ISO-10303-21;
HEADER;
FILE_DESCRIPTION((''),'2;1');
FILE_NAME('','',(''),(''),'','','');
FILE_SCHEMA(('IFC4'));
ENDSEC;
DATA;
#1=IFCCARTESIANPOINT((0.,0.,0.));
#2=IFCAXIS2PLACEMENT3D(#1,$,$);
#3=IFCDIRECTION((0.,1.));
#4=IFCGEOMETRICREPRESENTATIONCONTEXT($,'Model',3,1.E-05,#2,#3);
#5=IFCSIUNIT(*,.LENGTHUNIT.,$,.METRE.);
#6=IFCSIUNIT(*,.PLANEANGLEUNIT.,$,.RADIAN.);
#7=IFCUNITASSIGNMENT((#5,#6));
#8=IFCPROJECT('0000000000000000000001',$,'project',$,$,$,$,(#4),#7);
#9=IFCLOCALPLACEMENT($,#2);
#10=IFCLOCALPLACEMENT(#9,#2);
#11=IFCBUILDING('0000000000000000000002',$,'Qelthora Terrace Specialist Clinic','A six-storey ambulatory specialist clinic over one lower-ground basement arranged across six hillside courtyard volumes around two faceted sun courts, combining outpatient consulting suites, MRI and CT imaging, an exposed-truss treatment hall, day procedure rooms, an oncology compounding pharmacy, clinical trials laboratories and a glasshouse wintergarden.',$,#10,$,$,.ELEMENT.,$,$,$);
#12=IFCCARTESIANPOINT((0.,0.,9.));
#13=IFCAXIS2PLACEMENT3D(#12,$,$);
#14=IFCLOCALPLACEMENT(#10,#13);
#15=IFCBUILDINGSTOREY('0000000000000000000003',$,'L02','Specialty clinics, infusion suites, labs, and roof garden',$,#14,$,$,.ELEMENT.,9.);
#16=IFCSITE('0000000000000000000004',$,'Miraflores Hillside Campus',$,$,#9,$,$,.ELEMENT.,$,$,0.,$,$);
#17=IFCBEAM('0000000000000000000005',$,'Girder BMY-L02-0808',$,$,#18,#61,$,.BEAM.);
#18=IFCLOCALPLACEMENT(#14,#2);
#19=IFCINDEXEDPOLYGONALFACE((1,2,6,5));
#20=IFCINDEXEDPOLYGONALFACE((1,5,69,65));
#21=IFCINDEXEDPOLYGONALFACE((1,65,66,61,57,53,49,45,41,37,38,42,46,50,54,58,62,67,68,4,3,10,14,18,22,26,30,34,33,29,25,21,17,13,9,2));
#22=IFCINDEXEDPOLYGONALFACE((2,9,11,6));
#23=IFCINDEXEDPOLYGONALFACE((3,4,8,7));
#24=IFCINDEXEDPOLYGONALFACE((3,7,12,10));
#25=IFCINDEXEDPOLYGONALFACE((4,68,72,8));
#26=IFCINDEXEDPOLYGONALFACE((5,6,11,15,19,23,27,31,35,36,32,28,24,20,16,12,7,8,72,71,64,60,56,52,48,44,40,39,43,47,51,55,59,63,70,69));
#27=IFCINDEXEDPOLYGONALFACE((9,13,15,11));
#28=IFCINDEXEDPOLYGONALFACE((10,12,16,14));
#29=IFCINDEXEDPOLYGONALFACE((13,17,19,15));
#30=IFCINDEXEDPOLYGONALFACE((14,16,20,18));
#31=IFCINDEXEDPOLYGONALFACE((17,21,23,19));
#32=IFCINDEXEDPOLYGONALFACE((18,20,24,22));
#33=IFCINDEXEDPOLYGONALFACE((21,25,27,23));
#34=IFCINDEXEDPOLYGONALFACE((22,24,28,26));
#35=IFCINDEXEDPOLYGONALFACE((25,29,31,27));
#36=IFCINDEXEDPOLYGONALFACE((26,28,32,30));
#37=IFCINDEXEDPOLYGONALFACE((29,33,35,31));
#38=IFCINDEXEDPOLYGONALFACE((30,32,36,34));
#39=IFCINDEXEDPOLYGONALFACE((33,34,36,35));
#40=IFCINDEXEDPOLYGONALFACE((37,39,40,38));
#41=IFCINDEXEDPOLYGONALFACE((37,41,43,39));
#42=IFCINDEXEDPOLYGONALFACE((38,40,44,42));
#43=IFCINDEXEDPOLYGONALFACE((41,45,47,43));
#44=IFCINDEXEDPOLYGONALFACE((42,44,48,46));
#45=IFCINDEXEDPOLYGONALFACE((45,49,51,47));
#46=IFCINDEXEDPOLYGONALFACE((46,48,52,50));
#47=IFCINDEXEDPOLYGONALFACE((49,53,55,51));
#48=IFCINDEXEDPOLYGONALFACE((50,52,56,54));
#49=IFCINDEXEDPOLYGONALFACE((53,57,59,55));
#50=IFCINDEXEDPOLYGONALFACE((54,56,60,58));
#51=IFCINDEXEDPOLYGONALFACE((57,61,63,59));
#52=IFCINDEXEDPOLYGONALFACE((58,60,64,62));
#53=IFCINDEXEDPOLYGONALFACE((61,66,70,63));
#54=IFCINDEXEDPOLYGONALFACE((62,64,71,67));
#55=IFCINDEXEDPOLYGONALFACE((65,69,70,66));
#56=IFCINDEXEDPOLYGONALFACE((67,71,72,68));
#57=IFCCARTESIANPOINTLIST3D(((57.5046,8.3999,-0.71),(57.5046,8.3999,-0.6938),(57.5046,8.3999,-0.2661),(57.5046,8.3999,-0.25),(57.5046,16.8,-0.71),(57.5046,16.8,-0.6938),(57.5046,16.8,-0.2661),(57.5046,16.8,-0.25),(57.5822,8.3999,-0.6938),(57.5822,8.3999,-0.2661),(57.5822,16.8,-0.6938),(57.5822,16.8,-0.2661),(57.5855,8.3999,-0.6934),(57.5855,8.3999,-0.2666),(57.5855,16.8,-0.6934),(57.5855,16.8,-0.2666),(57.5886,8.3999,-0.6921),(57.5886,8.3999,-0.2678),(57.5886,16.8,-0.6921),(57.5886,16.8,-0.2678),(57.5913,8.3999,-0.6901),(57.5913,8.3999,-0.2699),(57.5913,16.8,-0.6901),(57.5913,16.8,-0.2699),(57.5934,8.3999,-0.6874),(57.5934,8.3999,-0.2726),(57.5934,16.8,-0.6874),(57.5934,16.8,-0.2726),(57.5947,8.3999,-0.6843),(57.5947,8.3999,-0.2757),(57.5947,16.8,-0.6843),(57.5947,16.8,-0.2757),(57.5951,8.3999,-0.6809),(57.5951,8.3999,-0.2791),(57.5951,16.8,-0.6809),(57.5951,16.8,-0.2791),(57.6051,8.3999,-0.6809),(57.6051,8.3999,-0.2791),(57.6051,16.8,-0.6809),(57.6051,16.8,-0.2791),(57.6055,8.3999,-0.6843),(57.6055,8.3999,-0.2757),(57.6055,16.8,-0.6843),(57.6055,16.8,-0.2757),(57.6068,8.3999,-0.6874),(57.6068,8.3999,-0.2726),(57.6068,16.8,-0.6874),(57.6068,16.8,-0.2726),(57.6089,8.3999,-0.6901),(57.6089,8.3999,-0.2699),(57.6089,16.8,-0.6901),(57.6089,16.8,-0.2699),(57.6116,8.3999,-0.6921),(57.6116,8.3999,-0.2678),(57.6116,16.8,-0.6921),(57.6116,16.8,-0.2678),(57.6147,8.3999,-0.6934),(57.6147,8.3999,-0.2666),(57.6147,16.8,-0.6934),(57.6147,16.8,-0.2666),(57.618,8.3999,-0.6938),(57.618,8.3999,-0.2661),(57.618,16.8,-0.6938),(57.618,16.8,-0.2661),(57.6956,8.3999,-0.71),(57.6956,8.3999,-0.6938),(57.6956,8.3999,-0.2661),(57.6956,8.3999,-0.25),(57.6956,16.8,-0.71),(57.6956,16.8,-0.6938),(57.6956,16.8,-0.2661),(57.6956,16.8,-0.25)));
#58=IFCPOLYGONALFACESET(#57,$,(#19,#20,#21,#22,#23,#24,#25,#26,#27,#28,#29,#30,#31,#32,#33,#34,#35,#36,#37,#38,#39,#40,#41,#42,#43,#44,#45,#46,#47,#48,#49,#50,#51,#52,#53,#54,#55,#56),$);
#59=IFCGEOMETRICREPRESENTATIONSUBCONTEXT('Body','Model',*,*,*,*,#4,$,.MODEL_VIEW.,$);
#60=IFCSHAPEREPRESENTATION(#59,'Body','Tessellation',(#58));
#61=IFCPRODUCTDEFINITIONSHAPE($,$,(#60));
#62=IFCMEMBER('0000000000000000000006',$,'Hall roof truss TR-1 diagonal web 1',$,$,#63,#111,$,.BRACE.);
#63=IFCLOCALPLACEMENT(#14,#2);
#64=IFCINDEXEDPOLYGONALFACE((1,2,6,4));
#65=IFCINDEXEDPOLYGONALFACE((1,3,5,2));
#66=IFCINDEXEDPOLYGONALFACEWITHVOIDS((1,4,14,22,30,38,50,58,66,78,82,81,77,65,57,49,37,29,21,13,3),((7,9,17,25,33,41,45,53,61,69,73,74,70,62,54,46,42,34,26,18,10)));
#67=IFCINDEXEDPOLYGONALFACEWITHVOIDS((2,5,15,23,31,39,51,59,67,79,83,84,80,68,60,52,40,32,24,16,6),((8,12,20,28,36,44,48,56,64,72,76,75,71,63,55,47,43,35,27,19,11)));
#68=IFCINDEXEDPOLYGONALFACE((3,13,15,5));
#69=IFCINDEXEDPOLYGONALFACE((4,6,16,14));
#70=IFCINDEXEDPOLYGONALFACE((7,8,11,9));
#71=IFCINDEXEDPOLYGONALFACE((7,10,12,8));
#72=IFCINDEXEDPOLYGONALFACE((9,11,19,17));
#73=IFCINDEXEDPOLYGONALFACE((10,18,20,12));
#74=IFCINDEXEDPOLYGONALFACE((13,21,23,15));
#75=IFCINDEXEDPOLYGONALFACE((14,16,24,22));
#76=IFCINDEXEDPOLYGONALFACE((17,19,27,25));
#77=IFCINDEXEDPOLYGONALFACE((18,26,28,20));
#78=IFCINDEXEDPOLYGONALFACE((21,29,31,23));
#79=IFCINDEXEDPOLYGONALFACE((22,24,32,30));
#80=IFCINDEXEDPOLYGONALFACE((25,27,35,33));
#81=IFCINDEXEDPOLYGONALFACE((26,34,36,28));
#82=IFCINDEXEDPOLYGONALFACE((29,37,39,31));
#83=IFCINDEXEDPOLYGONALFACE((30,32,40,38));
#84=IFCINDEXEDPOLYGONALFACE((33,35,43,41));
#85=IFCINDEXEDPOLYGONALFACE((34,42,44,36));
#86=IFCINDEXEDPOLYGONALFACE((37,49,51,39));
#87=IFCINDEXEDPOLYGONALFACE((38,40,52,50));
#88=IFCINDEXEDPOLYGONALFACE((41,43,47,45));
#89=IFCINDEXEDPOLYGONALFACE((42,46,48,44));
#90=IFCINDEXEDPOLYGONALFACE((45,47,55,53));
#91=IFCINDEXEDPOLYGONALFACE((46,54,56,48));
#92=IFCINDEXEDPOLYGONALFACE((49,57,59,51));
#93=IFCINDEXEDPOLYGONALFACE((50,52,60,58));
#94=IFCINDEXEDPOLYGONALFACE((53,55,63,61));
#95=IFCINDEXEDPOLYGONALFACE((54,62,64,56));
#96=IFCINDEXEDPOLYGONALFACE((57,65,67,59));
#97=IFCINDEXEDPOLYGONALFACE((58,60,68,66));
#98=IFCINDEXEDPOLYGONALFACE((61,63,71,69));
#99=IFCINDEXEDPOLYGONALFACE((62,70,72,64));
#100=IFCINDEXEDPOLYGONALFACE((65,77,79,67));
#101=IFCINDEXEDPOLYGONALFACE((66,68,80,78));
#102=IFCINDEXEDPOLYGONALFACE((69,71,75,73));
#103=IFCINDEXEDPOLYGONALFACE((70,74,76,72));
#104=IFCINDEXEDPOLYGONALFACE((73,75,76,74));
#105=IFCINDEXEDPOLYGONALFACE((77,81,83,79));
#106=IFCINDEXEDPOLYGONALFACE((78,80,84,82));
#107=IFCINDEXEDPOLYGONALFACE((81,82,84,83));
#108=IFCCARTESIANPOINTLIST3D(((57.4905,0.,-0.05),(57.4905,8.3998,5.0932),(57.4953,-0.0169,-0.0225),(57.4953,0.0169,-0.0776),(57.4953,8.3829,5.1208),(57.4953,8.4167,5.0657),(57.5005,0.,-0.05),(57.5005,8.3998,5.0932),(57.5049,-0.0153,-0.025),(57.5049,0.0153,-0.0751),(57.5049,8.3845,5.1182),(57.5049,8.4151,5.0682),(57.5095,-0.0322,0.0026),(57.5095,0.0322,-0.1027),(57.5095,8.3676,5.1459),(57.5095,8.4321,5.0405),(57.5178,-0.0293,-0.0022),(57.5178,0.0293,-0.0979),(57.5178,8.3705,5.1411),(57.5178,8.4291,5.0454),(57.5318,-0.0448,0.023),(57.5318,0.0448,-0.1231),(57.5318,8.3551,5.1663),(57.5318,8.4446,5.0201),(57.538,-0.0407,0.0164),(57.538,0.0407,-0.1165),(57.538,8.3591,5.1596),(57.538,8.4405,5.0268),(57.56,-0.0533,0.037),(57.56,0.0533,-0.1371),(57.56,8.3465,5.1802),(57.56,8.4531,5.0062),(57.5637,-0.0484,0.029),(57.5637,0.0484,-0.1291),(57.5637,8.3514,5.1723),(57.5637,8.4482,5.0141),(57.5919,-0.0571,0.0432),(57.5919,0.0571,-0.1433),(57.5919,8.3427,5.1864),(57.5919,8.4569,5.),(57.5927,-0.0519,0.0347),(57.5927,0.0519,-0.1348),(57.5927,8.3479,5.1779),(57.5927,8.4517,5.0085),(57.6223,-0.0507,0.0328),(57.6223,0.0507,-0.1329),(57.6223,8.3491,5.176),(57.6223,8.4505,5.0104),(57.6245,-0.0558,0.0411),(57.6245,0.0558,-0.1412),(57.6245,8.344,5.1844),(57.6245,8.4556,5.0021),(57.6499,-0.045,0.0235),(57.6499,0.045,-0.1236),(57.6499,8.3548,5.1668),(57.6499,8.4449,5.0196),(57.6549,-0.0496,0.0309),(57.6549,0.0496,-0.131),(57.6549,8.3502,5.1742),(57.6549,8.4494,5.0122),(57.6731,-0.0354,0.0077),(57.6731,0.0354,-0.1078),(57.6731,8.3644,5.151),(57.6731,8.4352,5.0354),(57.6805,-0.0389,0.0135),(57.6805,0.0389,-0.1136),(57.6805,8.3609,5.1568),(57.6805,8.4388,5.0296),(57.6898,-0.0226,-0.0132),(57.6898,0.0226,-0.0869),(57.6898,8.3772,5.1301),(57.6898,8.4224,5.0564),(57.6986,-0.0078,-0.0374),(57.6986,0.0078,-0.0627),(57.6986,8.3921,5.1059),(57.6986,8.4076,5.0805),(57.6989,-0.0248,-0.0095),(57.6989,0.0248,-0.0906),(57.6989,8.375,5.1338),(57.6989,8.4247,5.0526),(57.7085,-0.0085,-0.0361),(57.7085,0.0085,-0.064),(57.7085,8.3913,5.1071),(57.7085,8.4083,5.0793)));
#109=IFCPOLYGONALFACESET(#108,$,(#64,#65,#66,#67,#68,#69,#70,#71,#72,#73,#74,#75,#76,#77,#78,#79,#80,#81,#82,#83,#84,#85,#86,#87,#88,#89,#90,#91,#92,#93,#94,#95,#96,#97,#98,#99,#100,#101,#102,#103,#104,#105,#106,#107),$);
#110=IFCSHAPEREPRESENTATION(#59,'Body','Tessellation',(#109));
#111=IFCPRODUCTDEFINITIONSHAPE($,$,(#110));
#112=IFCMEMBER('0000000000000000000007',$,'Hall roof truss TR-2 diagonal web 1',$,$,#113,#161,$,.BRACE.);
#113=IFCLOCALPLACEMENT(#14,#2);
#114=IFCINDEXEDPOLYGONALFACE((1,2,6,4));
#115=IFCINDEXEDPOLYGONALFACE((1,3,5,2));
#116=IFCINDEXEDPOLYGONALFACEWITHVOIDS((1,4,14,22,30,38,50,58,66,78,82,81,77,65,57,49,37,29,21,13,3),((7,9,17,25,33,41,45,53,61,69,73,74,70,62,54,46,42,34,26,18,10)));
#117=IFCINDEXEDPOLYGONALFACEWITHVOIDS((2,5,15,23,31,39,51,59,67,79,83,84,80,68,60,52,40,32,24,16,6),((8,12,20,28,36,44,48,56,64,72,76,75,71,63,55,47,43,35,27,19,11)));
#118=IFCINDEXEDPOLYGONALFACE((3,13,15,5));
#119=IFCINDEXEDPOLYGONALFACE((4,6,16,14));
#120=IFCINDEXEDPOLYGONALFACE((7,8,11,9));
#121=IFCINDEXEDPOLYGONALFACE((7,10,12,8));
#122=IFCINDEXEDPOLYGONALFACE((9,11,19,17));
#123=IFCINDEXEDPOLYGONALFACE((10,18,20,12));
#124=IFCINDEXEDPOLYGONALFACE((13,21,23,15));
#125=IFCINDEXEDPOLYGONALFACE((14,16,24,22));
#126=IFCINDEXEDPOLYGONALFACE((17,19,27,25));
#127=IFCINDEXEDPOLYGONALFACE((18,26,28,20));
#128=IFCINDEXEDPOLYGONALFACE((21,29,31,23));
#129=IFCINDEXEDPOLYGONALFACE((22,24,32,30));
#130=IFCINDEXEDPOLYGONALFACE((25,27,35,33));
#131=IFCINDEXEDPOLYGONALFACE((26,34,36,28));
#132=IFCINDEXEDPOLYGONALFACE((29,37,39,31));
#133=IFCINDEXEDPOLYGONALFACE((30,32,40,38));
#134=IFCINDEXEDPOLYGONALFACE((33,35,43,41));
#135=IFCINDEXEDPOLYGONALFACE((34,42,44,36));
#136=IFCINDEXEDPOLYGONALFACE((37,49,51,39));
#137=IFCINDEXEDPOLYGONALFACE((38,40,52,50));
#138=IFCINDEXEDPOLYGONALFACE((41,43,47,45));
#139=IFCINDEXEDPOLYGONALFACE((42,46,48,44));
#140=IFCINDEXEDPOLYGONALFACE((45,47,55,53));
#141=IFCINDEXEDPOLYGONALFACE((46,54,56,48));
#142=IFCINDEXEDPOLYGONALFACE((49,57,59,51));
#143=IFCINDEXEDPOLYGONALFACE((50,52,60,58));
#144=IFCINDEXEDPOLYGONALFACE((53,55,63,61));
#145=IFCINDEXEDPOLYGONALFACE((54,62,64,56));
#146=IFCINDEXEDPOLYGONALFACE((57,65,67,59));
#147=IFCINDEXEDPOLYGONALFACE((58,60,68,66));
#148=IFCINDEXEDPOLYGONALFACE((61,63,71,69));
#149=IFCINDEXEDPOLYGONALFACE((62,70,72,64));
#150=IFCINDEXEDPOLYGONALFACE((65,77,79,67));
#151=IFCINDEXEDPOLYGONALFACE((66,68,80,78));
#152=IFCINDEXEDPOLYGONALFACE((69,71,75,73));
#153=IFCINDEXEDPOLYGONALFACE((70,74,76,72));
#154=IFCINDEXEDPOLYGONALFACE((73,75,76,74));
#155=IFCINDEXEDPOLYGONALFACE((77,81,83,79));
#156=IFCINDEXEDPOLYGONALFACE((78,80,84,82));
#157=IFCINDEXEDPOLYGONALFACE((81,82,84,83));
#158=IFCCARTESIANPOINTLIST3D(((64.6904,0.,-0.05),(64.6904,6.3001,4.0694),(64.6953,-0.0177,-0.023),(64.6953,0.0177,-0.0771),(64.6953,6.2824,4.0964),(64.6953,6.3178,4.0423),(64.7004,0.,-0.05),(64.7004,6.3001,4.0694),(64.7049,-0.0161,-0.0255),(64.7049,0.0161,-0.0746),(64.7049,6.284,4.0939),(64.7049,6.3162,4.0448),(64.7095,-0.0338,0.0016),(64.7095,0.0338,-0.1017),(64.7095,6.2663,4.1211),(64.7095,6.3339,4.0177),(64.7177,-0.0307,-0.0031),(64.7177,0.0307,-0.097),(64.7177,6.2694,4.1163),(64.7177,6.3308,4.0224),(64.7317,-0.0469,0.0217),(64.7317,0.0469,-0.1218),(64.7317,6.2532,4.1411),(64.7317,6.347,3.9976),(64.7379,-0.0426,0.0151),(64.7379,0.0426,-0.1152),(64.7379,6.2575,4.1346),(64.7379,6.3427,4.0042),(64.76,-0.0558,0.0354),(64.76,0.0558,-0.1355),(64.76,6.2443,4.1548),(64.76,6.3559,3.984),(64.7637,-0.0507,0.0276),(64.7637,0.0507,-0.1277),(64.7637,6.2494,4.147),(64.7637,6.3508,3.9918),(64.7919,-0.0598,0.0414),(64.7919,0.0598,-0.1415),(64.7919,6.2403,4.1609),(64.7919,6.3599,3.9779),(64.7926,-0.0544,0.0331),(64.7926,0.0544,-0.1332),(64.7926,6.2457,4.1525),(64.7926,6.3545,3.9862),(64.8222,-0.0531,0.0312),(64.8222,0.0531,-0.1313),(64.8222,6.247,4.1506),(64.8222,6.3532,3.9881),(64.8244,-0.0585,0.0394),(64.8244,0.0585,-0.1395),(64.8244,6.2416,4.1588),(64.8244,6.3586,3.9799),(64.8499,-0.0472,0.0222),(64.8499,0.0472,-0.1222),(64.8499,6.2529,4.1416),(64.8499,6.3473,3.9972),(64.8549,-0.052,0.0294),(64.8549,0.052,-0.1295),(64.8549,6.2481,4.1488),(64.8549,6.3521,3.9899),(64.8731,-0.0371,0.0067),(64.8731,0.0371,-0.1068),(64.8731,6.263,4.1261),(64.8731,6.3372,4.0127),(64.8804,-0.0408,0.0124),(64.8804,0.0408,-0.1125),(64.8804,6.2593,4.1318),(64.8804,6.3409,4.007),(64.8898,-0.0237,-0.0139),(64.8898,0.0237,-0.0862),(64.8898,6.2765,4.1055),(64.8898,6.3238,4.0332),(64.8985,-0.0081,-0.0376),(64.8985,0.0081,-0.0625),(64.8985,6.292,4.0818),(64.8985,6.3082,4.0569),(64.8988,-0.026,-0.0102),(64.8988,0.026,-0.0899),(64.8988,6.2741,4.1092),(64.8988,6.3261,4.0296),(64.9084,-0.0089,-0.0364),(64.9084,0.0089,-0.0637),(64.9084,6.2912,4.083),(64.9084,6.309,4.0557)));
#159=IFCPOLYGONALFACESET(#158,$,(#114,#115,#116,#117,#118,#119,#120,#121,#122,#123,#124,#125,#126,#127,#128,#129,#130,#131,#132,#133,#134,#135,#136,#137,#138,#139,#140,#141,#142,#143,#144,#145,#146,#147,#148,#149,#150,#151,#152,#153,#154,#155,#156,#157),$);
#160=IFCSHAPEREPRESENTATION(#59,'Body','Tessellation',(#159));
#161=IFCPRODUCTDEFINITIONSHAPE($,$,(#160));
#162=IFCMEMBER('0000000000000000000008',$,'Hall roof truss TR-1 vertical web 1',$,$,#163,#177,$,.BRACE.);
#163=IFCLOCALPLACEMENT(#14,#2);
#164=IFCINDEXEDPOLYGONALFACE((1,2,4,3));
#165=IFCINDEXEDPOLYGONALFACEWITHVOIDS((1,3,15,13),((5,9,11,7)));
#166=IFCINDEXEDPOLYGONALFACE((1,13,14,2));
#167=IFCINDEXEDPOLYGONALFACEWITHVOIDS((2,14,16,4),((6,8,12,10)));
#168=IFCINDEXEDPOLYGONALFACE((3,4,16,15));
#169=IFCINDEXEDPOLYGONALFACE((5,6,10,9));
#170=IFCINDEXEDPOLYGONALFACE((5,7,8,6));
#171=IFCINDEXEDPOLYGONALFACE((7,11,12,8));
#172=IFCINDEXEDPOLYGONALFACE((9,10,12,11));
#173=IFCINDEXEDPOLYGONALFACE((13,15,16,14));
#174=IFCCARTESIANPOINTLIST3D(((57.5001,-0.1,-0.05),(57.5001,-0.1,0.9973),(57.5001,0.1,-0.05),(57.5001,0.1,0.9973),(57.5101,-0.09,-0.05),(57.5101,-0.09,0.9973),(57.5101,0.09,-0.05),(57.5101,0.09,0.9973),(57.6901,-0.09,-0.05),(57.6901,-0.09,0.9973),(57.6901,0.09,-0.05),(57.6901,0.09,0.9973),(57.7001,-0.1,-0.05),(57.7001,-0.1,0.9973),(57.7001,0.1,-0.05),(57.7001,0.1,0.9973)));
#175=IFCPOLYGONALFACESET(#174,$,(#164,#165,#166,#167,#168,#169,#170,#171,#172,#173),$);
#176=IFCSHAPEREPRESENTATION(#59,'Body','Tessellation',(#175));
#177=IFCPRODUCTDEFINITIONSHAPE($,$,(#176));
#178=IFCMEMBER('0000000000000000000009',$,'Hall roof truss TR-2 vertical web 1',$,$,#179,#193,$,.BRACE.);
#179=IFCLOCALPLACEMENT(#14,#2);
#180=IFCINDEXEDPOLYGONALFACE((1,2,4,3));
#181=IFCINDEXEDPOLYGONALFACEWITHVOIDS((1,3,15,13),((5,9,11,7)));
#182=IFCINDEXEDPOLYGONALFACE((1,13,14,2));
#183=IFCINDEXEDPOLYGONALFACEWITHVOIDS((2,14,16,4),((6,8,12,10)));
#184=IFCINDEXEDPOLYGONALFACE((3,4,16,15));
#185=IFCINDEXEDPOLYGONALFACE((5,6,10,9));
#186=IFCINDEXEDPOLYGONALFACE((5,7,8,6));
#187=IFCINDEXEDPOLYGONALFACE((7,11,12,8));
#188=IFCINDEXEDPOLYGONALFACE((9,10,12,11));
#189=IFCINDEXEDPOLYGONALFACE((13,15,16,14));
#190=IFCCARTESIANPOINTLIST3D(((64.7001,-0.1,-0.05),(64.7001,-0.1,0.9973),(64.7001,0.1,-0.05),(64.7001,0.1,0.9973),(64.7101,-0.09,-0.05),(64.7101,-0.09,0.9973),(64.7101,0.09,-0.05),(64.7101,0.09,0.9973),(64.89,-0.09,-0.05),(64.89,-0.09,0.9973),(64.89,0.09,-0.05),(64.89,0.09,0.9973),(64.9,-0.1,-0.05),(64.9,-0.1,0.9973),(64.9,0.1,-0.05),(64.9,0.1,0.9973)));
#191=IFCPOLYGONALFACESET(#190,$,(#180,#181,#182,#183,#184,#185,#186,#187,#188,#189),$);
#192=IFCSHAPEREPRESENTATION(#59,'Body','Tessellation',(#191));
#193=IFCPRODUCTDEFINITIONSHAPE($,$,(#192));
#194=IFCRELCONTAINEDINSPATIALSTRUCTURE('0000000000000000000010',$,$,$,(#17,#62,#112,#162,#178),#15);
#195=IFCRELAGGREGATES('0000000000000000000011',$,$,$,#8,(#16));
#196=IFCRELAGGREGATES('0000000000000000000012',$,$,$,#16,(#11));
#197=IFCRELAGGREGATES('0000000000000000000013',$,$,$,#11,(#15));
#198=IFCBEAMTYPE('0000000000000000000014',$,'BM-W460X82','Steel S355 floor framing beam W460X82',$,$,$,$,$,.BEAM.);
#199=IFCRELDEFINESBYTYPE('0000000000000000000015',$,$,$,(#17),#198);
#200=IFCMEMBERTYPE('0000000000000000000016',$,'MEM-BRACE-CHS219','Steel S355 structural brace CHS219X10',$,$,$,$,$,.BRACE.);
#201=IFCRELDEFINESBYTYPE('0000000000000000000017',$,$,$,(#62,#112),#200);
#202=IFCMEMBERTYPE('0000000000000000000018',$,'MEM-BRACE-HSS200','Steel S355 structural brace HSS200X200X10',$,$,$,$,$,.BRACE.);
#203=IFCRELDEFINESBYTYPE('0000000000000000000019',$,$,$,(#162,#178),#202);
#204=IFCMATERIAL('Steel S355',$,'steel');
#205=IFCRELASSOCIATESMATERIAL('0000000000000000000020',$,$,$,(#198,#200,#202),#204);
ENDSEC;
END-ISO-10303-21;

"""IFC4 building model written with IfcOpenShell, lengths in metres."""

from ifc_helpers import new_model, si_unit, direction, frame, origin, origin_2d, place, context, subcontext, project, spatial, hollow_rectangle, hollow_circle, i_section, extrude, material, material_profile, profile_set, type_object, element, save


model = new_model("IFC4")

# Units and contexts
model_context = context("Model", 3, precision=1e-05, world=origin(), true_north=direction((0.0, 1.0)))
body_context = subcontext(model_context, "Body", "Model", "MODEL_VIEW")
ifc_project = project(units=[si_unit("LENGTHUNIT", "METRE"), si_unit("PLANEANGLEUNIT", "RADIAN")], contexts=[model_context])

# Site, building, storey
site_placement = place(None, origin())
site = spatial("IfcSite", under=ifc_project, at=site_placement, Name="Miraflores Hillside Campus", CompositionType="ELEMENT", RefElevation=0.0)
building_placement = place(site_placement, origin())
building = spatial("IfcBuilding", under=site, at=building_placement, Name="Qelthora Terrace Specialist Clinic", Description="A six-storey ambulatory specialist clinic over one lower-ground basement arranged across six hillside courtyard volumes around two faceted sun courts, combining outpatient consulting suites, MRI and CT imaging, an exposed-truss treatment hall, day procedure rooms, an oncology compounding pharmacy, clinical trials laboratories and a glasshouse wintergarden.", CompositionType="ELEMENT")
storey_placement = place(building_placement, frame((0.0, 0.0, 9.0)))
storey = spatial("IfcBuildingStorey", under=building, at=storey_placement, Name="L02", Description="Specialty clinics, infusion suites, labs, and roof garden", CompositionType="ELEMENT", Elevation=9.0)

# Beam
ifc_material_1 = material(Name="Steel S355", Category="steel")
ifc_material_profile_1 = material_profile(ifc_material_1, i_section(OverallWidth=0.1909, OverallDepth=0.46, WebThickness=0.01, FlangeThickness=0.0161, FilletRadius=0.0129, at=origin_2d()), Name="W460X82")
ifc_profile_set_1 = profile_set([ifc_material_profile_1], Name="Steel S355")
beam_type_1 = type_object("IfcBeamType", Name="BM-W460X82", Description="Steel S355 floor framing beam W460X82", PredefinedType="BEAM", material=ifc_profile_set_1)
beam_1_placement = place(storey_placement, frame((57.6001, 8.3999, -0.48), z_axis=(0.0, 1.0, 0.0), x_axis=(-1.0, 0.0, 0.0)))
element("IfcBeam", 1, at=beam_1_placement, inside=storey, type_object=beam_type_1, Name="Girder BMY-L02-0808", PredefinedType="BEAM", context=body_context, shape_type="SweptSolid", body=[
    extrude(i_section(OverallWidth=0.1909, OverallDepth=0.46, WebThickness=0.01, FlangeThickness=0.0161, FilletRadius=0.0129, at=origin_2d()), origin(), (0.0, 0.0, 1.0), 8.4001),
])

# Members
ifc_material_profile_2 = material_profile(ifc_material_1, hollow_circle(Radius=0.1096, WallThickness=0.01, at=origin_2d()), Name="CHS219X10")
ifc_profile_set_2 = profile_set([ifc_material_profile_2], Name="Steel S355")
member_type_1 = type_object("IfcMemberType", Name="MEM-BRACE-CHS219", Description="Steel S355 structural brace CHS219X10", PredefinedType="BRACE", material=ifc_profile_set_2)
member_1_placement = place(storey_placement, frame((57.6001, 0.0, -0.05), z_axis=(0.0, 0.852828, 0.522192), x_axis=(-1.0, 0.0, 0.0)))
element("IfcMember", 2, at=member_1_placement, inside=storey, type_object=member_type_1, Name="Hall roof truss TR-1 diagonal web 1", PredefinedType="BRACE", context=body_context, shape_type="SweptSolid", body=[
    extrude(hollow_circle(Radius=0.1096, WallThickness=0.01, at=origin_2d()), origin(), (0.0, 0.0, 1.0), 9.8494),
])
member_2_placement = place(storey_placement, frame((64.8, 0.0, -0.05), z_axis=(0.0, 0.836962, 0.547261), x_axis=(-1.0, 0.0, 0.0)))
element("IfcMember", 3, at=member_2_placement, inside=storey, type_object=member_type_1, Name="Hall roof truss TR-2 diagonal web 1", PredefinedType="BRACE", context=body_context, shape_type="SweptSolid", body=[
    extrude(hollow_circle(Radius=0.1096, WallThickness=0.01, at=origin_2d()), origin(), (0.0, 0.0, 1.0), 7.5273),
])
ifc_material_profile_3 = material_profile(ifc_material_1, hollow_rectangle(XDim=0.2, YDim=0.2, WallThickness=0.01, at=origin_2d()), Name="HSS200X200X10")
ifc_profile_set_3 = profile_set([ifc_material_profile_3], Name="Steel S355")
member_type_2 = type_object("IfcMemberType", Name="MEM-BRACE-HSS200", Description="Steel S355 structural brace HSS200X200X10", PredefinedType="BRACE", material=ifc_profile_set_3)
for number, where, z_axis, x_axis, name in (
    (4, (57.6001, 0.0, -0.05), (0.0, 0.0, 1.0), (1.0, 0.0, 0.0), "Hall roof truss TR-1 vertical web 1"),
    (5, (64.8, 0.0, -0.05), (0.0, 0.0, 1.0), (1.0, 0.0, 0.0), "Hall roof truss TR-2 vertical web 1"),
):
    element("IfcMember", number, at=place(storey_placement, frame(where, z_axis=z_axis, x_axis=x_axis)), inside=storey, type_object=member_type_2, Name=name, PredefinedType="BRACE", context=body_context, shape_type="SweptSolid", body=[
        extrude(hollow_rectangle(XDim=0.2, YDim=0.2, WallThickness=0.01, at=origin_2d()), origin(), (0.0, 0.0, 1.0), 1.0474),
    ])

save(model, "model.ifc")
